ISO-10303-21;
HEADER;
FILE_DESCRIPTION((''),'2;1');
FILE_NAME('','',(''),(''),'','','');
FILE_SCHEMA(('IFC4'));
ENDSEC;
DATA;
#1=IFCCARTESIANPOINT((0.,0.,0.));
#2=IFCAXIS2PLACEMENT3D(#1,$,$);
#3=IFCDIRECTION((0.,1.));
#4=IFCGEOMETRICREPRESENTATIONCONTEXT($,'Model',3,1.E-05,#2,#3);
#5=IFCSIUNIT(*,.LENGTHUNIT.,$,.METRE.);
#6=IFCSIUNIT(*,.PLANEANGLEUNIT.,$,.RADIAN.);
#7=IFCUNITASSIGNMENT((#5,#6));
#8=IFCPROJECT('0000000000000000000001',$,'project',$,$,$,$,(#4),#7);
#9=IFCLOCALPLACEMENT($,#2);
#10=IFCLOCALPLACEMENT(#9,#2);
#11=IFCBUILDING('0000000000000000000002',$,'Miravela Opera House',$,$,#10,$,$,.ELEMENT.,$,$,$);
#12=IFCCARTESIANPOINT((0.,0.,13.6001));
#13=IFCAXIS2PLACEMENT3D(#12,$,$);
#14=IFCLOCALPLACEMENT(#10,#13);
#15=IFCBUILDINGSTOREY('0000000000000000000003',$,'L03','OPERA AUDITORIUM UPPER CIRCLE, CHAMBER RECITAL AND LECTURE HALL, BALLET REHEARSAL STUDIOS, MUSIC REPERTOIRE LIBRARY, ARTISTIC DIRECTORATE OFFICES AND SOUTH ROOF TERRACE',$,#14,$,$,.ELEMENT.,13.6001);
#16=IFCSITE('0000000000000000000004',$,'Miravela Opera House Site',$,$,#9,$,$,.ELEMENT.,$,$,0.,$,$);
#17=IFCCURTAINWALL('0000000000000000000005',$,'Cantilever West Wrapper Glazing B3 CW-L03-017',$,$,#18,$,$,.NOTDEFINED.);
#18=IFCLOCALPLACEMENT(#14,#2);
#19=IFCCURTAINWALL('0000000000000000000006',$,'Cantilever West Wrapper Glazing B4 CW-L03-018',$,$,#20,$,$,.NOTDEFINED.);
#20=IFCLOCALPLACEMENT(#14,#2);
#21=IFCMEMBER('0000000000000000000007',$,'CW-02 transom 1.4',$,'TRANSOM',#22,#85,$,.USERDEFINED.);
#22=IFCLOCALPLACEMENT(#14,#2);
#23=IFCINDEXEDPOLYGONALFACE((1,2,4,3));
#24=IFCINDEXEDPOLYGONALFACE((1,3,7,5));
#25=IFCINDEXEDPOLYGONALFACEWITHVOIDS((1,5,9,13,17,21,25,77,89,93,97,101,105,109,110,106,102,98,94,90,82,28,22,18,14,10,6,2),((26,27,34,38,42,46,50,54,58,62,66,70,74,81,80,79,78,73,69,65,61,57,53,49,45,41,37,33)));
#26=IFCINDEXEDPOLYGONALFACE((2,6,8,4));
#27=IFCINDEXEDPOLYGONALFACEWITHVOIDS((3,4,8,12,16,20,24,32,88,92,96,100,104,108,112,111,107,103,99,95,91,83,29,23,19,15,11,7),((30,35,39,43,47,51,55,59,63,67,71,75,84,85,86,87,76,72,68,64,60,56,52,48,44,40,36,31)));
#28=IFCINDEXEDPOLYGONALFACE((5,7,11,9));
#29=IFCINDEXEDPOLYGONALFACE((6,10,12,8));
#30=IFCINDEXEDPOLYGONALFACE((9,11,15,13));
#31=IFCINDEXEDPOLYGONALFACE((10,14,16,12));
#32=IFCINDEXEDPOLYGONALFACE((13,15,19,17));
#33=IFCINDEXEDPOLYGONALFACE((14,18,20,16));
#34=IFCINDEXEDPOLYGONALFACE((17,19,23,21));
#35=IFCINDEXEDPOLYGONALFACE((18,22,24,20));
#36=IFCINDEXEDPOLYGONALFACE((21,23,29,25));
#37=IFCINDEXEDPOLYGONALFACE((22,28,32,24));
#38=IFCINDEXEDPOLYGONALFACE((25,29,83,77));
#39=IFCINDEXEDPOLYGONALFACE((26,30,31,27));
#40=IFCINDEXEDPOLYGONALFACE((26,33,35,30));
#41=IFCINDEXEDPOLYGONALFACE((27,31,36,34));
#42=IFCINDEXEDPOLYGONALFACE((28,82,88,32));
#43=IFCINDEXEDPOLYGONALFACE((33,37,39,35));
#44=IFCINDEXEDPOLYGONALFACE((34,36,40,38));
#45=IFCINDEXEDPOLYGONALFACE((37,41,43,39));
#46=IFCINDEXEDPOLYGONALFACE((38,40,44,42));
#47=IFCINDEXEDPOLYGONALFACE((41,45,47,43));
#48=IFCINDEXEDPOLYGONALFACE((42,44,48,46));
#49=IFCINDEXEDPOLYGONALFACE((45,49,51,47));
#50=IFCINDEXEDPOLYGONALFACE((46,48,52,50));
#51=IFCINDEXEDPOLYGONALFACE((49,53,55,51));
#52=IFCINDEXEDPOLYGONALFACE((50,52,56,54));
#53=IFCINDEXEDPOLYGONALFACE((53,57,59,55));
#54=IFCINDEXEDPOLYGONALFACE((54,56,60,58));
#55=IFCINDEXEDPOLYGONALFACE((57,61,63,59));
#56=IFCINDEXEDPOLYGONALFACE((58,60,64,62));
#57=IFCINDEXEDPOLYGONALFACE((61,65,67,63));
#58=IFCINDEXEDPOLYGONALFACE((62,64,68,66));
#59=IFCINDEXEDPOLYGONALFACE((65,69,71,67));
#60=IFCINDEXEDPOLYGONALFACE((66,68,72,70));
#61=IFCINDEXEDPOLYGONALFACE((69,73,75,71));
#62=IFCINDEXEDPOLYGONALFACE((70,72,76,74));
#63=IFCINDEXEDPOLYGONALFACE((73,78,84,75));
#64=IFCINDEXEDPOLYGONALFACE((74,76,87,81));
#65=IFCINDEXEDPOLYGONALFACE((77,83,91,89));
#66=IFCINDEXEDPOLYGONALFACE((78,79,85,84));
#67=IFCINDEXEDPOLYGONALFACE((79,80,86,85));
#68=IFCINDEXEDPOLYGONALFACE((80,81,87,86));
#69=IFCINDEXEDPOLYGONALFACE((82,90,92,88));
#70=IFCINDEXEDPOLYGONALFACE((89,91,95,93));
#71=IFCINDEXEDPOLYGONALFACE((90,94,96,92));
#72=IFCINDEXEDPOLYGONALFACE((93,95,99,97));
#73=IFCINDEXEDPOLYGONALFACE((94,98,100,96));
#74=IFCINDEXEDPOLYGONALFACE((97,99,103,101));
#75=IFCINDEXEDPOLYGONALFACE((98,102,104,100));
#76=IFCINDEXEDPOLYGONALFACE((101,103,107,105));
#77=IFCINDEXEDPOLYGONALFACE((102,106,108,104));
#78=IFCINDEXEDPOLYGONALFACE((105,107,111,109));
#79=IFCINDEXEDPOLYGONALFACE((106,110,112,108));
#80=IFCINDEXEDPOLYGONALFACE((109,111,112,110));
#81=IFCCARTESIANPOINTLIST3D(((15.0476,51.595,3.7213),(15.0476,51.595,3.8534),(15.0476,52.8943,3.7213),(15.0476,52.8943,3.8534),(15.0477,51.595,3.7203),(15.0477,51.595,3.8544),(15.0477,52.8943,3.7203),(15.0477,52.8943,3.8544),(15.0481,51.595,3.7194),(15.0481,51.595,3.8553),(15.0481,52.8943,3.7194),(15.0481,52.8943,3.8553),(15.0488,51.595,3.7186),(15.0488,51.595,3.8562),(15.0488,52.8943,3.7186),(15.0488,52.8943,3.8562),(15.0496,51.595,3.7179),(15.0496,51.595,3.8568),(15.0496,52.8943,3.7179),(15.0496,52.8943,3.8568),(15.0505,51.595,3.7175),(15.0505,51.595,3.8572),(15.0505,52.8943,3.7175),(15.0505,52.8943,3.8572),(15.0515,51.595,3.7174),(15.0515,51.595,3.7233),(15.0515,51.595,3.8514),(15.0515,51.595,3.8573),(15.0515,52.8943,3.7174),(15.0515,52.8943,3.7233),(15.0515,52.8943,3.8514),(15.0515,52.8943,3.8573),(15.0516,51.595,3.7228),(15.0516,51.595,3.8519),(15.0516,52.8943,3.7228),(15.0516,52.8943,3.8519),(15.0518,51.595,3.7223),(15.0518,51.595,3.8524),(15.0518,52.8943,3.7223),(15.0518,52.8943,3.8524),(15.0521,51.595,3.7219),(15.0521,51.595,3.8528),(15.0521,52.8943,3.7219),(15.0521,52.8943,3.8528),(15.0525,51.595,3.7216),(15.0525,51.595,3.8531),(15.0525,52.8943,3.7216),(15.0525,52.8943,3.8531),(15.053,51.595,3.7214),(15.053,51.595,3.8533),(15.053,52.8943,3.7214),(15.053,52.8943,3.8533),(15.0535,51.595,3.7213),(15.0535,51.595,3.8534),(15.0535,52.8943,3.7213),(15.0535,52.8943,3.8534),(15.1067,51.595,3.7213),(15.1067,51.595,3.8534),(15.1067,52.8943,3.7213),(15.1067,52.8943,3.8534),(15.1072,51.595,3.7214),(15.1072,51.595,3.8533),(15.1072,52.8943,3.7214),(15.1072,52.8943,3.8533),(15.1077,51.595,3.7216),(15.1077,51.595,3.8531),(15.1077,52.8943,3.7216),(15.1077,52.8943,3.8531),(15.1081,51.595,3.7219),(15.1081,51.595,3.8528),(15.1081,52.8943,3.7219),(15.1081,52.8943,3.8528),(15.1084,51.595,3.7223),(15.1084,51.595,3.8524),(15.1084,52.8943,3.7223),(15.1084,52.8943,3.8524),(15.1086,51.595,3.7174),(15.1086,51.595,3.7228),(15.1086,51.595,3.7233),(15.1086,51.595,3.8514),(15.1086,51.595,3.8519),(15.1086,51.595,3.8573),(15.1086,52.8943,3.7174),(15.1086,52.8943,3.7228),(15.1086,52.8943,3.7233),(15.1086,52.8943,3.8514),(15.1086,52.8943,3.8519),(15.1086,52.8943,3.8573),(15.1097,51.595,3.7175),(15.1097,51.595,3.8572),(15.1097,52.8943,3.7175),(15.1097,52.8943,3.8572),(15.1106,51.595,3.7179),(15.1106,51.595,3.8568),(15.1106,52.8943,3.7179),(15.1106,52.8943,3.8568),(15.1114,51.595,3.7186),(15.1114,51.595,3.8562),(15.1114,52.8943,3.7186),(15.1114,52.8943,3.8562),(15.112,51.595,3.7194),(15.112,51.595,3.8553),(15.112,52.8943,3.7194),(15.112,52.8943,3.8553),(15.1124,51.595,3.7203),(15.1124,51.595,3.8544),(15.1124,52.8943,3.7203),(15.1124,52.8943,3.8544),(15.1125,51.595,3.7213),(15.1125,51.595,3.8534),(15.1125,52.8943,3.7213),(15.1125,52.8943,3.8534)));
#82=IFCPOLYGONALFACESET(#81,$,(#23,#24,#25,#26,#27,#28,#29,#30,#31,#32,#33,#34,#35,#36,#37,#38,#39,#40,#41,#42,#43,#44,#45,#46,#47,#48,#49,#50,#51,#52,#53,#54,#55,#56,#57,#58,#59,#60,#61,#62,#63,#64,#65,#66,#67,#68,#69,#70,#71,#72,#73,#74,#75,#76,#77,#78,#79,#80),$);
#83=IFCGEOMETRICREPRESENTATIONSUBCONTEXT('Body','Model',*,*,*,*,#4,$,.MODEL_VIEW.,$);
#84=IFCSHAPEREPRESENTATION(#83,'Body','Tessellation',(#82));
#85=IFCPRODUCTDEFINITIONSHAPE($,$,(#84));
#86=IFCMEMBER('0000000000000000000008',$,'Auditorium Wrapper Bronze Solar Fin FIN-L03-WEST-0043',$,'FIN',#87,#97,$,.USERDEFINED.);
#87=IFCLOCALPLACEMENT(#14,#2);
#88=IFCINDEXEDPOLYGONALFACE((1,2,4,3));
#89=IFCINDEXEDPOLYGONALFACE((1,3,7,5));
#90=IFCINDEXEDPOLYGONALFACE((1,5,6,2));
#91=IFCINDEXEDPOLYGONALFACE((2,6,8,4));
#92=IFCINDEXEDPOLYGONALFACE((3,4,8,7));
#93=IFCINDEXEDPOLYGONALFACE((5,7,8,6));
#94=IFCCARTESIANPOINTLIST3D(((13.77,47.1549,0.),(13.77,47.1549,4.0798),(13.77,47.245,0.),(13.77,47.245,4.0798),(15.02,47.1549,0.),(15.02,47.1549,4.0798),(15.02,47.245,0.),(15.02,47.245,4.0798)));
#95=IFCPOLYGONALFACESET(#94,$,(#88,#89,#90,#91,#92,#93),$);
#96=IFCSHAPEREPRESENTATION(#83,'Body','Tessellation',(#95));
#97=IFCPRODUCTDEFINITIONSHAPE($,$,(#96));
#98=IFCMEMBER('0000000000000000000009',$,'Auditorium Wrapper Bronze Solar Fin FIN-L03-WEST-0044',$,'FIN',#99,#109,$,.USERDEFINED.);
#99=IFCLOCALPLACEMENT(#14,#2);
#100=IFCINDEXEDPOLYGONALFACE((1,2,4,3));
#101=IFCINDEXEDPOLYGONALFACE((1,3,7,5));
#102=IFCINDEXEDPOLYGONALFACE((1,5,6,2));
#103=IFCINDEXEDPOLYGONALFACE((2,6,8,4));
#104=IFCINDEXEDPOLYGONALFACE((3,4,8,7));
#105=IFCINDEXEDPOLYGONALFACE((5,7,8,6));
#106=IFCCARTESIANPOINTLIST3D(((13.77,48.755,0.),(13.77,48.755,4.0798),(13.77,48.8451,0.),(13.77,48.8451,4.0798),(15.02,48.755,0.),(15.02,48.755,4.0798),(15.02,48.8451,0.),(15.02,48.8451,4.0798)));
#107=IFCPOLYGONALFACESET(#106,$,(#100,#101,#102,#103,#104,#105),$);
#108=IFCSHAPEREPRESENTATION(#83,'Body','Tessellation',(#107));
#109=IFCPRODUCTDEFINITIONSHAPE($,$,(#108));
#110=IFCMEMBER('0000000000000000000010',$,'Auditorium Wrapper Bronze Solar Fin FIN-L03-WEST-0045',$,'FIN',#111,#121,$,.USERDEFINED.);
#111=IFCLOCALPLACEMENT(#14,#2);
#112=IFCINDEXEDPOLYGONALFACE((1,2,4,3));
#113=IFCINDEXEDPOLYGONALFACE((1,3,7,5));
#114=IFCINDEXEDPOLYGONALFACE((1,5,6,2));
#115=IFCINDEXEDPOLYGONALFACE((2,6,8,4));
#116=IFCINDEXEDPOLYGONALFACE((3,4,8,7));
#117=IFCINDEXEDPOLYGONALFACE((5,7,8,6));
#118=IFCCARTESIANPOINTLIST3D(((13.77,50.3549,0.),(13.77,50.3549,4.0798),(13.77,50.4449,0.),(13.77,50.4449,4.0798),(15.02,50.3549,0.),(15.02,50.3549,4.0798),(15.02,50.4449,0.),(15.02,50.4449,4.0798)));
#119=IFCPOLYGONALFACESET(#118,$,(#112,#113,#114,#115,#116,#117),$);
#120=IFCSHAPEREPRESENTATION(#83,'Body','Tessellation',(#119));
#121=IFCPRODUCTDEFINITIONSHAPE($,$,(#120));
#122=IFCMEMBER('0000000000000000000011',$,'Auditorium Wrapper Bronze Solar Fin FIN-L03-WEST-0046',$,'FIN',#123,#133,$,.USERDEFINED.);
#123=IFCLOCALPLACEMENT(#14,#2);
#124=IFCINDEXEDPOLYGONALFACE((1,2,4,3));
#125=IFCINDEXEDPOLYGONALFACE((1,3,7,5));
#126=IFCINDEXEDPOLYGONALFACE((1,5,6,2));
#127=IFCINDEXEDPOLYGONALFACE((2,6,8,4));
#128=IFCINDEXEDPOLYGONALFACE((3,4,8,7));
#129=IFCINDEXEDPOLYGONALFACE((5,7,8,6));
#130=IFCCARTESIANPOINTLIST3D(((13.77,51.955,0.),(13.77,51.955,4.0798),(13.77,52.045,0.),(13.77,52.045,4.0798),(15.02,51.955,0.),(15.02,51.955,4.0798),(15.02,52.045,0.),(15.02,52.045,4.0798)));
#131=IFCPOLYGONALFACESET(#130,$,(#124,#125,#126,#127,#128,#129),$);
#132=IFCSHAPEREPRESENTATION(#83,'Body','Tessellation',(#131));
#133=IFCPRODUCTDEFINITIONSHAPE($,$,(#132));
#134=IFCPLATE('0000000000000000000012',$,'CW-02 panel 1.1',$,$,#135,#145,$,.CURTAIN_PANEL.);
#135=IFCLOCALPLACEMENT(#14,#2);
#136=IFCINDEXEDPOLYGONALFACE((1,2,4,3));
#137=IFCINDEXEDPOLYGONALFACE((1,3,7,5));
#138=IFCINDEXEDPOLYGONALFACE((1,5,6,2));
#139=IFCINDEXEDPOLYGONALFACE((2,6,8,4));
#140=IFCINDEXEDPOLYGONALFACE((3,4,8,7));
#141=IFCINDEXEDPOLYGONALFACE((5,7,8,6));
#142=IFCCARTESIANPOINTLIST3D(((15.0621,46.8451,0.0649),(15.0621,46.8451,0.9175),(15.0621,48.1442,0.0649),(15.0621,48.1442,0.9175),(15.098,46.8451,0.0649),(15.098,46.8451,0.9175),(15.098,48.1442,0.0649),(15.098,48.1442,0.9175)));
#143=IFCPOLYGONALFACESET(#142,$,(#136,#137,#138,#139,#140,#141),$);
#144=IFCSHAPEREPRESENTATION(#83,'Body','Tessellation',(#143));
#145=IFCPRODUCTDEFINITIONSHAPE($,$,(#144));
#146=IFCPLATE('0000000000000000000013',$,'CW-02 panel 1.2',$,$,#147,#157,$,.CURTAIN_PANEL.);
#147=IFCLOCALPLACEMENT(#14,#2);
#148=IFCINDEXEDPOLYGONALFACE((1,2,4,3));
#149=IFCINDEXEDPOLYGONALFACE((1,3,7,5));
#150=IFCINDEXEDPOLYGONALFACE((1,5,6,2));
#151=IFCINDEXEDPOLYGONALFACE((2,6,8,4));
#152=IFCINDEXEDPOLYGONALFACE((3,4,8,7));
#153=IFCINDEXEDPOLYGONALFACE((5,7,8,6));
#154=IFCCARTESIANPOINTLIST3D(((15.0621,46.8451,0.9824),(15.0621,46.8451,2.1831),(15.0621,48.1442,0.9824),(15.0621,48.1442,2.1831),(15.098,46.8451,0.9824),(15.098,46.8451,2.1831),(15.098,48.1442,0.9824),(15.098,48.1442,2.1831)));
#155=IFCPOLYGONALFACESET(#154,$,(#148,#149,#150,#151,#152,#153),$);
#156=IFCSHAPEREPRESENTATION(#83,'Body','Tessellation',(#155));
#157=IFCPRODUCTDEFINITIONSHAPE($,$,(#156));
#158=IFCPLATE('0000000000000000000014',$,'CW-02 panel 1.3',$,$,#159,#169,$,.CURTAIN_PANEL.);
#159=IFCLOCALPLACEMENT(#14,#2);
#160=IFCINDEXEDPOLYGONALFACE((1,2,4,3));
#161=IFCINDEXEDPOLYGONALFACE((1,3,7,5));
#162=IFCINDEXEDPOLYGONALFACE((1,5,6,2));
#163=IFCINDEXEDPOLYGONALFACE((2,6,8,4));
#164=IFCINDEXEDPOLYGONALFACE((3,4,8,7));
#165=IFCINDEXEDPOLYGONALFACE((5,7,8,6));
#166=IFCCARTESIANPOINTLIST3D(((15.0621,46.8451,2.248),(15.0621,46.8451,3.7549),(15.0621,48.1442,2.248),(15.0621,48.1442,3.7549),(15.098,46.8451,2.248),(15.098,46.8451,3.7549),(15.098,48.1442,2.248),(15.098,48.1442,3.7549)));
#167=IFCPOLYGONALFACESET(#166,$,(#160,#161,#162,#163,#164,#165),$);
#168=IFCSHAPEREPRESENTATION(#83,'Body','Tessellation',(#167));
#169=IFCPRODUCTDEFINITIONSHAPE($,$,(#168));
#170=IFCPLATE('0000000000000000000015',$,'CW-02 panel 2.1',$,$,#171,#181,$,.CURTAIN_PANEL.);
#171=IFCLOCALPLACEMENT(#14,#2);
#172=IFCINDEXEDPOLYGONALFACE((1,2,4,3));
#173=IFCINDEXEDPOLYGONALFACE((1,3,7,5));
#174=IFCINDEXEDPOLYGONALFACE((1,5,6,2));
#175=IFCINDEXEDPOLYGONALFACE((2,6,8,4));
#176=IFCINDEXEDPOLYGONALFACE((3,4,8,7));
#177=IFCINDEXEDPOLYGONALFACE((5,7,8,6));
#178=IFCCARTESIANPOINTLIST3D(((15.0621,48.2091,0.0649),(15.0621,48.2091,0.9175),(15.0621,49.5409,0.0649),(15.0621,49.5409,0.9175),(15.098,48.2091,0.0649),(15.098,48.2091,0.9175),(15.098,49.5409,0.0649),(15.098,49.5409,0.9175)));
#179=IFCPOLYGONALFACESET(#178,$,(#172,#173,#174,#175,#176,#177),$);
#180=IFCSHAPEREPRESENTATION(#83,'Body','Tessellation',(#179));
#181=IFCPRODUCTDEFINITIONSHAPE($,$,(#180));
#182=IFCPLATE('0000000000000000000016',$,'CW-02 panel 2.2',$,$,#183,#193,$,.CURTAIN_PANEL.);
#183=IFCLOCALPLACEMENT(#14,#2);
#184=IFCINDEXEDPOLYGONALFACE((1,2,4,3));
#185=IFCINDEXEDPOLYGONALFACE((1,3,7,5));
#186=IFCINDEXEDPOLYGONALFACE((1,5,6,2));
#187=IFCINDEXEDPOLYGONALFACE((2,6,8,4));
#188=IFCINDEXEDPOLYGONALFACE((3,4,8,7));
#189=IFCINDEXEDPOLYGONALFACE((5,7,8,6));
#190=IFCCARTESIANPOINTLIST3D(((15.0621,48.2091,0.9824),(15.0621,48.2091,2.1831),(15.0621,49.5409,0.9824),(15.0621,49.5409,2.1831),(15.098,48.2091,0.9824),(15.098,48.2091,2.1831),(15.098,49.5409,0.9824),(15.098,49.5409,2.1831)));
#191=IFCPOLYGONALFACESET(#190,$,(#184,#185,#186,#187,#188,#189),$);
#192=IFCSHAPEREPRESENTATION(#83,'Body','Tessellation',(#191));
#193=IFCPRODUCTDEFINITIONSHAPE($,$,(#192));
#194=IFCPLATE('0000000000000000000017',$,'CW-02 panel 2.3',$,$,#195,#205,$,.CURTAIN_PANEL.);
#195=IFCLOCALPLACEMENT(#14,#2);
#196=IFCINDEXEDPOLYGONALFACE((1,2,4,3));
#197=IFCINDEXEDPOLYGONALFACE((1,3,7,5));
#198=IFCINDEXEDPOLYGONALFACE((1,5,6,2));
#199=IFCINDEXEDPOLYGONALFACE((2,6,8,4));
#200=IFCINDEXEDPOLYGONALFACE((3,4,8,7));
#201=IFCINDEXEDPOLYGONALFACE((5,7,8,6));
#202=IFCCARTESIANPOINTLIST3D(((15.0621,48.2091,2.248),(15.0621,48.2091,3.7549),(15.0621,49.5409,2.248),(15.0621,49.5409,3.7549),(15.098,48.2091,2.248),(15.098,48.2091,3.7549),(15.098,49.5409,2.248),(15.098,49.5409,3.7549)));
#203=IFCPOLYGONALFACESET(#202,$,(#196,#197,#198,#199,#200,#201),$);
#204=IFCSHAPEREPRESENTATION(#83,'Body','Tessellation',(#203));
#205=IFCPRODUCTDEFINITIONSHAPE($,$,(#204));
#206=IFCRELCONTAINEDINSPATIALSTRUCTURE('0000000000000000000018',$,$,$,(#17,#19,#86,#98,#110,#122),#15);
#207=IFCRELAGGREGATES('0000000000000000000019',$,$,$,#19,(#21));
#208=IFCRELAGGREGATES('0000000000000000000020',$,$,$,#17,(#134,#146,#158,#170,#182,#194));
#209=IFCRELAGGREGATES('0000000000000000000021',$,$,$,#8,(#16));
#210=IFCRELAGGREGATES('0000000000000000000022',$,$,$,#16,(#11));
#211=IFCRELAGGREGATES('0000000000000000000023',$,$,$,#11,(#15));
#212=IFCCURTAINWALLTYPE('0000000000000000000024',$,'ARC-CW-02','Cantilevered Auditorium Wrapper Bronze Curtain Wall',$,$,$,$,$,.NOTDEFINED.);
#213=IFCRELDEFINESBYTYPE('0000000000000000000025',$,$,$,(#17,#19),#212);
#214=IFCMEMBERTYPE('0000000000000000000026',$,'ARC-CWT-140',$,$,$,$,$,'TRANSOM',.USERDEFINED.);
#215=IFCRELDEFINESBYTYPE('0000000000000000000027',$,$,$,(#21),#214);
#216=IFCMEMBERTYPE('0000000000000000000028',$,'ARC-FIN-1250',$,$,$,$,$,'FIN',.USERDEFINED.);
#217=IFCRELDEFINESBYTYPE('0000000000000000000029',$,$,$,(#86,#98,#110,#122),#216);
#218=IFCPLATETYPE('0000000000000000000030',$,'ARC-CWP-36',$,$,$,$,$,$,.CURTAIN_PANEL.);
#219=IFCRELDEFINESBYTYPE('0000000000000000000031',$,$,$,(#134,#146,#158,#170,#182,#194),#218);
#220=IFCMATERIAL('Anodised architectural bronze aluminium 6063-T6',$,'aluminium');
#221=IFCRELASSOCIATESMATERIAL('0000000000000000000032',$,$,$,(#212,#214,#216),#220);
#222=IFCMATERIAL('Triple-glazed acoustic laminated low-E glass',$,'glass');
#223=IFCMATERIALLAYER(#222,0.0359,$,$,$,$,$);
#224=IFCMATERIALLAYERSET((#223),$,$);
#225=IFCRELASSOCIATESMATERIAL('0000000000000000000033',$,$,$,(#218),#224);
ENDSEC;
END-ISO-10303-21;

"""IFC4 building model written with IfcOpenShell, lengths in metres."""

from ifc_helpers import new_model, si_unit, direction, frame, origin, origin_2d, place, context, subcontext, project, spatial, rectangle, hollow_rectangle, extrude, material, layer, layer_set, material_profile, profile_set, type_object, element, aggregate, save


model = new_model("IFC4")

# Units and contexts
model_context = context("Model", 3, precision=1e-05, world=origin(), true_north=direction((0.0, 1.0)))
body_context = subcontext(model_context, "Body", "Model", "MODEL_VIEW")
ifc_project = project(units=[si_unit("LENGTHUNIT", "METRE"), si_unit("PLANEANGLEUNIT", "RADIAN")], contexts=[model_context])

# Site, building, storey
site_placement = place(None, origin())
site = spatial("IfcSite", under=ifc_project, at=site_placement, Name="Miravela Opera House Site", CompositionType="ELEMENT", RefElevation=0.0)
building_placement = place(site_placement, origin())
building = spatial("IfcBuilding", under=site, at=building_placement, Name="Miravela Opera House", CompositionType="ELEMENT")
storey_placement = place(building_placement, frame((0.0, 0.0, 13.6001)))
storey = spatial("IfcBuildingStorey", under=building, at=storey_placement, Name="L03", Description="OPERA AUDITORIUM UPPER CIRCLE, CHAMBER RECITAL AND LECTURE HALL, BALLET REHEARSAL STUDIOS, MUSIC REPERTOIRE LIBRARY, ARTISTIC DIRECTORATE OFFICES AND SOUTH ROOF TERRACE", CompositionType="ELEMENT", Elevation=13.6001)

# Curtain wall
ifc_material_1 = material(Name="Anodised architectural bronze aluminium 6063-T6", Category="aluminium")
curtain_wall_type = type_object("IfcCurtainWallType", Name="ARC-CW-02", Description="Cantilevered Auditorium Wrapper Bronze Curtain Wall", PredefinedType="NOTDEFINED", material=ifc_material_1)
curtain_wall_1_placement = place(storey_placement, origin())
curtain_wall_1 = element("IfcCurtainWall", 1, at=curtain_wall_1_placement, inside=storey, type_object=curtain_wall_type, Name="Cantilever West Wrapper Glazing B3 CW-L03-017", PredefinedType="NOTDEFINED")

# Curtain wall
curtain_wall_2_placement = place(storey_placement, origin())
curtain_wall_2 = element("IfcCurtainWall", 2, at=curtain_wall_2_placement, inside=storey, type_object=curtain_wall_type, Name="Cantilever West Wrapper Glazing B4 CW-L03-018", PredefinedType="NOTDEFINED")

# Member
ifc_material_profile_1 = material_profile(ifc_material_1, hollow_rectangle(XDim=0.0649, YDim=0.1399, WallThickness=0.0039, InnerFilletRadius=0.002, OuterFilletRadius=0.0039, at=origin_2d()), Name="CWT-65X140")
ifc_profile_set_1 = profile_set([ifc_material_profile_1])
member_type_1 = type_object("IfcMemberType", Name="ARC-CWT-140", ElementType="TRANSOM", PredefinedType="USERDEFINED", material=ifc_profile_set_1)
member_1_placement = place(storey_placement, frame((15.0801, 51.595, 3.7874), z_axis=(0.0, 1.0, 0.0), x_axis=(-1.0, 0.0, 0.0)))
member_1 = element("IfcMember", 3, at=member_1_placement, type_object=member_type_1, Name="CW-02 transom 1.4", ObjectType="TRANSOM", PredefinedType="USERDEFINED", context=body_context, shape_type="SweptSolid", body=[
    extrude(hollow_rectangle(XDim=0.0649, YDim=0.1399, WallThickness=0.0039, InnerFilletRadius=0.002, OuterFilletRadius=0.0039, at=origin_2d()), origin(), (0.0, 0.0, 1.0), 1.2993),
])
aggregate(curtain_wall_2, [member_1])

# Members
ifc_material_profile_2 = material_profile(ifc_material_1, rectangle(XDim=0.0901, YDim=1.25, at=origin_2d()), Name="FIN-1250X90")
ifc_profile_set_2 = profile_set([ifc_material_profile_2])
member_type_2 = type_object("IfcMemberType", Name="ARC-FIN-1250", ElementType="FIN", PredefinedType="USERDEFINED", material=ifc_profile_set_2)
for number, where, z_axis, x_axis, name in (
    (4, (14.395, 47.2, 0.0), (0.0, 0.0, 1.0), (0.0, 1.0, 0.0), "Auditorium Wrapper Bronze Solar Fin FIN-L03-WEST-0043"),
    (5, (14.395, 48.8, 0.0), (0.0, 0.0, 1.0), (0.0, 1.0, 0.0), "Auditorium Wrapper Bronze Solar Fin FIN-L03-WEST-0044"),
    (6, (14.395, 50.3999, 0.0), (0.0, 0.0, 1.0), (0.0, 1.0, 0.0), "Auditorium Wrapper Bronze Solar Fin FIN-L03-WEST-0045"),
    (7, (14.395, 52.0, 0.0), (0.0, 0.0, 1.0), (0.0, 1.0, 0.0), "Auditorium Wrapper Bronze Solar Fin FIN-L03-WEST-0046"),
):
    element("IfcMember", number, at=place(storey_placement, frame(where, z_axis=z_axis, x_axis=x_axis)), inside=storey, type_object=member_type_2, Name=name, ObjectType="FIN", PredefinedType="USERDEFINED", context=body_context, shape_type="SweptSolid", body=[
        extrude(rectangle(XDim=0.0901, YDim=1.25, at=origin_2d()), origin(), (0.0, 0.0, 1.0), 4.0798),
    ])

# Plates
ifc_material_2 = material(Name="Triple-glazed acoustic laminated low-E glass", Category="glass")
ifc_layer = layer(ifc_material_2, 0.0359)
ifc_layer_set = layer_set([ifc_layer])
plate_type = type_object("IfcPlateType", Name="ARC-CWP-36", PredefinedType="CURTAIN_PANEL", material=ifc_layer_set)
plate_1_placement = place(storey_placement, frame((15.0801, 47.4946, 0.0649), z_axis=(0.0, 0.0, 1.0), x_axis=(0.0, 1.0, 0.0)))
plate_1 = element("IfcPlate", 8, at=plate_1_placement, type_object=plate_type, Name="CW-02 panel 1.1", PredefinedType="CURTAIN_PANEL", context=body_context, shape_type="SweptSolid", body=[
    extrude(rectangle(XDim=1.2991, YDim=0.0359, at=origin_2d()), origin(), (0.0, 0.0, 1.0), 0.8525),
])
plate_2_placement = place(storey_placement, frame((15.0801, 47.4946, 0.9824), z_axis=(0.0, 0.0, 1.0), x_axis=(0.0, 1.0, 0.0)))
plate_2 = element("IfcPlate", 9, at=plate_2_placement, type_object=plate_type, Name="CW-02 panel 1.2", PredefinedType="CURTAIN_PANEL", context=body_context, shape_type="SweptSolid", body=[
    extrude(rectangle(XDim=1.2991, YDim=0.0359, at=origin_2d()), origin(), (0.0, 0.0, 1.0), 1.2007),
])
plate_3_placement = place(storey_placement, frame((15.0801, 47.4946, 2.248), z_axis=(0.0, 0.0, 1.0), x_axis=(0.0, 1.0, 0.0)))
plate_3 = element("IfcPlate", 10, at=plate_3_placement, type_object=plate_type, Name="CW-02 panel 1.3", PredefinedType="CURTAIN_PANEL", context=body_context, shape_type="SweptSolid", body=[
    extrude(rectangle(XDim=1.2991, YDim=0.0359, at=origin_2d()), origin(), (0.0, 0.0, 1.0), 1.5068),
])
plate_4_placement = place(storey_placement, frame((15.0801, 48.875, 0.0649), z_axis=(0.0, 0.0, 1.0), x_axis=(0.0, 1.0, 0.0)))
plate_4 = element("IfcPlate", 11, at=plate_4_placement, type_object=plate_type, Name="CW-02 panel 2.1", PredefinedType="CURTAIN_PANEL", context=body_context, shape_type="SweptSolid", body=[
    extrude(rectangle(XDim=1.3318, YDim=0.0359, at=origin_2d()), origin(), (0.0, 0.0, 1.0), 0.8525),
])
plate_5_placement = place(storey_placement, frame((15.0801, 48.875, 0.9824), z_axis=(0.0, 0.0, 1.0), x_axis=(0.0, 1.0, 0.0)))
plate_5 = element("IfcPlate", 12, at=plate_5_placement, type_object=plate_type, Name="CW-02 panel 2.2", PredefinedType="CURTAIN_PANEL", context=body_context, shape_type="SweptSolid", body=[
    extrude(rectangle(XDim=1.3318, YDim=0.0359, at=origin_2d()), origin(), (0.0, 0.0, 1.0), 1.2007),
])
plate_6_placement = place(storey_placement, frame((15.0801, 48.875, 2.248), z_axis=(0.0, 0.0, 1.0), x_axis=(0.0, 1.0, 0.0)))
plate_6 = element("IfcPlate", 13, at=plate_6_placement, type_object=plate_type, Name="CW-02 panel 2.3", PredefinedType="CURTAIN_PANEL", context=body_context, shape_type="SweptSolid", body=[
    extrude(rectangle(XDim=1.3318, YDim=0.0359, at=origin_2d()), origin(), (0.0, 0.0, 1.0), 1.5068),
])
aggregate(curtain_wall_1, [plate_1, plate_2, plate_3, plate_4, plate_5, plate_6])

save(model, "model.ifc")
